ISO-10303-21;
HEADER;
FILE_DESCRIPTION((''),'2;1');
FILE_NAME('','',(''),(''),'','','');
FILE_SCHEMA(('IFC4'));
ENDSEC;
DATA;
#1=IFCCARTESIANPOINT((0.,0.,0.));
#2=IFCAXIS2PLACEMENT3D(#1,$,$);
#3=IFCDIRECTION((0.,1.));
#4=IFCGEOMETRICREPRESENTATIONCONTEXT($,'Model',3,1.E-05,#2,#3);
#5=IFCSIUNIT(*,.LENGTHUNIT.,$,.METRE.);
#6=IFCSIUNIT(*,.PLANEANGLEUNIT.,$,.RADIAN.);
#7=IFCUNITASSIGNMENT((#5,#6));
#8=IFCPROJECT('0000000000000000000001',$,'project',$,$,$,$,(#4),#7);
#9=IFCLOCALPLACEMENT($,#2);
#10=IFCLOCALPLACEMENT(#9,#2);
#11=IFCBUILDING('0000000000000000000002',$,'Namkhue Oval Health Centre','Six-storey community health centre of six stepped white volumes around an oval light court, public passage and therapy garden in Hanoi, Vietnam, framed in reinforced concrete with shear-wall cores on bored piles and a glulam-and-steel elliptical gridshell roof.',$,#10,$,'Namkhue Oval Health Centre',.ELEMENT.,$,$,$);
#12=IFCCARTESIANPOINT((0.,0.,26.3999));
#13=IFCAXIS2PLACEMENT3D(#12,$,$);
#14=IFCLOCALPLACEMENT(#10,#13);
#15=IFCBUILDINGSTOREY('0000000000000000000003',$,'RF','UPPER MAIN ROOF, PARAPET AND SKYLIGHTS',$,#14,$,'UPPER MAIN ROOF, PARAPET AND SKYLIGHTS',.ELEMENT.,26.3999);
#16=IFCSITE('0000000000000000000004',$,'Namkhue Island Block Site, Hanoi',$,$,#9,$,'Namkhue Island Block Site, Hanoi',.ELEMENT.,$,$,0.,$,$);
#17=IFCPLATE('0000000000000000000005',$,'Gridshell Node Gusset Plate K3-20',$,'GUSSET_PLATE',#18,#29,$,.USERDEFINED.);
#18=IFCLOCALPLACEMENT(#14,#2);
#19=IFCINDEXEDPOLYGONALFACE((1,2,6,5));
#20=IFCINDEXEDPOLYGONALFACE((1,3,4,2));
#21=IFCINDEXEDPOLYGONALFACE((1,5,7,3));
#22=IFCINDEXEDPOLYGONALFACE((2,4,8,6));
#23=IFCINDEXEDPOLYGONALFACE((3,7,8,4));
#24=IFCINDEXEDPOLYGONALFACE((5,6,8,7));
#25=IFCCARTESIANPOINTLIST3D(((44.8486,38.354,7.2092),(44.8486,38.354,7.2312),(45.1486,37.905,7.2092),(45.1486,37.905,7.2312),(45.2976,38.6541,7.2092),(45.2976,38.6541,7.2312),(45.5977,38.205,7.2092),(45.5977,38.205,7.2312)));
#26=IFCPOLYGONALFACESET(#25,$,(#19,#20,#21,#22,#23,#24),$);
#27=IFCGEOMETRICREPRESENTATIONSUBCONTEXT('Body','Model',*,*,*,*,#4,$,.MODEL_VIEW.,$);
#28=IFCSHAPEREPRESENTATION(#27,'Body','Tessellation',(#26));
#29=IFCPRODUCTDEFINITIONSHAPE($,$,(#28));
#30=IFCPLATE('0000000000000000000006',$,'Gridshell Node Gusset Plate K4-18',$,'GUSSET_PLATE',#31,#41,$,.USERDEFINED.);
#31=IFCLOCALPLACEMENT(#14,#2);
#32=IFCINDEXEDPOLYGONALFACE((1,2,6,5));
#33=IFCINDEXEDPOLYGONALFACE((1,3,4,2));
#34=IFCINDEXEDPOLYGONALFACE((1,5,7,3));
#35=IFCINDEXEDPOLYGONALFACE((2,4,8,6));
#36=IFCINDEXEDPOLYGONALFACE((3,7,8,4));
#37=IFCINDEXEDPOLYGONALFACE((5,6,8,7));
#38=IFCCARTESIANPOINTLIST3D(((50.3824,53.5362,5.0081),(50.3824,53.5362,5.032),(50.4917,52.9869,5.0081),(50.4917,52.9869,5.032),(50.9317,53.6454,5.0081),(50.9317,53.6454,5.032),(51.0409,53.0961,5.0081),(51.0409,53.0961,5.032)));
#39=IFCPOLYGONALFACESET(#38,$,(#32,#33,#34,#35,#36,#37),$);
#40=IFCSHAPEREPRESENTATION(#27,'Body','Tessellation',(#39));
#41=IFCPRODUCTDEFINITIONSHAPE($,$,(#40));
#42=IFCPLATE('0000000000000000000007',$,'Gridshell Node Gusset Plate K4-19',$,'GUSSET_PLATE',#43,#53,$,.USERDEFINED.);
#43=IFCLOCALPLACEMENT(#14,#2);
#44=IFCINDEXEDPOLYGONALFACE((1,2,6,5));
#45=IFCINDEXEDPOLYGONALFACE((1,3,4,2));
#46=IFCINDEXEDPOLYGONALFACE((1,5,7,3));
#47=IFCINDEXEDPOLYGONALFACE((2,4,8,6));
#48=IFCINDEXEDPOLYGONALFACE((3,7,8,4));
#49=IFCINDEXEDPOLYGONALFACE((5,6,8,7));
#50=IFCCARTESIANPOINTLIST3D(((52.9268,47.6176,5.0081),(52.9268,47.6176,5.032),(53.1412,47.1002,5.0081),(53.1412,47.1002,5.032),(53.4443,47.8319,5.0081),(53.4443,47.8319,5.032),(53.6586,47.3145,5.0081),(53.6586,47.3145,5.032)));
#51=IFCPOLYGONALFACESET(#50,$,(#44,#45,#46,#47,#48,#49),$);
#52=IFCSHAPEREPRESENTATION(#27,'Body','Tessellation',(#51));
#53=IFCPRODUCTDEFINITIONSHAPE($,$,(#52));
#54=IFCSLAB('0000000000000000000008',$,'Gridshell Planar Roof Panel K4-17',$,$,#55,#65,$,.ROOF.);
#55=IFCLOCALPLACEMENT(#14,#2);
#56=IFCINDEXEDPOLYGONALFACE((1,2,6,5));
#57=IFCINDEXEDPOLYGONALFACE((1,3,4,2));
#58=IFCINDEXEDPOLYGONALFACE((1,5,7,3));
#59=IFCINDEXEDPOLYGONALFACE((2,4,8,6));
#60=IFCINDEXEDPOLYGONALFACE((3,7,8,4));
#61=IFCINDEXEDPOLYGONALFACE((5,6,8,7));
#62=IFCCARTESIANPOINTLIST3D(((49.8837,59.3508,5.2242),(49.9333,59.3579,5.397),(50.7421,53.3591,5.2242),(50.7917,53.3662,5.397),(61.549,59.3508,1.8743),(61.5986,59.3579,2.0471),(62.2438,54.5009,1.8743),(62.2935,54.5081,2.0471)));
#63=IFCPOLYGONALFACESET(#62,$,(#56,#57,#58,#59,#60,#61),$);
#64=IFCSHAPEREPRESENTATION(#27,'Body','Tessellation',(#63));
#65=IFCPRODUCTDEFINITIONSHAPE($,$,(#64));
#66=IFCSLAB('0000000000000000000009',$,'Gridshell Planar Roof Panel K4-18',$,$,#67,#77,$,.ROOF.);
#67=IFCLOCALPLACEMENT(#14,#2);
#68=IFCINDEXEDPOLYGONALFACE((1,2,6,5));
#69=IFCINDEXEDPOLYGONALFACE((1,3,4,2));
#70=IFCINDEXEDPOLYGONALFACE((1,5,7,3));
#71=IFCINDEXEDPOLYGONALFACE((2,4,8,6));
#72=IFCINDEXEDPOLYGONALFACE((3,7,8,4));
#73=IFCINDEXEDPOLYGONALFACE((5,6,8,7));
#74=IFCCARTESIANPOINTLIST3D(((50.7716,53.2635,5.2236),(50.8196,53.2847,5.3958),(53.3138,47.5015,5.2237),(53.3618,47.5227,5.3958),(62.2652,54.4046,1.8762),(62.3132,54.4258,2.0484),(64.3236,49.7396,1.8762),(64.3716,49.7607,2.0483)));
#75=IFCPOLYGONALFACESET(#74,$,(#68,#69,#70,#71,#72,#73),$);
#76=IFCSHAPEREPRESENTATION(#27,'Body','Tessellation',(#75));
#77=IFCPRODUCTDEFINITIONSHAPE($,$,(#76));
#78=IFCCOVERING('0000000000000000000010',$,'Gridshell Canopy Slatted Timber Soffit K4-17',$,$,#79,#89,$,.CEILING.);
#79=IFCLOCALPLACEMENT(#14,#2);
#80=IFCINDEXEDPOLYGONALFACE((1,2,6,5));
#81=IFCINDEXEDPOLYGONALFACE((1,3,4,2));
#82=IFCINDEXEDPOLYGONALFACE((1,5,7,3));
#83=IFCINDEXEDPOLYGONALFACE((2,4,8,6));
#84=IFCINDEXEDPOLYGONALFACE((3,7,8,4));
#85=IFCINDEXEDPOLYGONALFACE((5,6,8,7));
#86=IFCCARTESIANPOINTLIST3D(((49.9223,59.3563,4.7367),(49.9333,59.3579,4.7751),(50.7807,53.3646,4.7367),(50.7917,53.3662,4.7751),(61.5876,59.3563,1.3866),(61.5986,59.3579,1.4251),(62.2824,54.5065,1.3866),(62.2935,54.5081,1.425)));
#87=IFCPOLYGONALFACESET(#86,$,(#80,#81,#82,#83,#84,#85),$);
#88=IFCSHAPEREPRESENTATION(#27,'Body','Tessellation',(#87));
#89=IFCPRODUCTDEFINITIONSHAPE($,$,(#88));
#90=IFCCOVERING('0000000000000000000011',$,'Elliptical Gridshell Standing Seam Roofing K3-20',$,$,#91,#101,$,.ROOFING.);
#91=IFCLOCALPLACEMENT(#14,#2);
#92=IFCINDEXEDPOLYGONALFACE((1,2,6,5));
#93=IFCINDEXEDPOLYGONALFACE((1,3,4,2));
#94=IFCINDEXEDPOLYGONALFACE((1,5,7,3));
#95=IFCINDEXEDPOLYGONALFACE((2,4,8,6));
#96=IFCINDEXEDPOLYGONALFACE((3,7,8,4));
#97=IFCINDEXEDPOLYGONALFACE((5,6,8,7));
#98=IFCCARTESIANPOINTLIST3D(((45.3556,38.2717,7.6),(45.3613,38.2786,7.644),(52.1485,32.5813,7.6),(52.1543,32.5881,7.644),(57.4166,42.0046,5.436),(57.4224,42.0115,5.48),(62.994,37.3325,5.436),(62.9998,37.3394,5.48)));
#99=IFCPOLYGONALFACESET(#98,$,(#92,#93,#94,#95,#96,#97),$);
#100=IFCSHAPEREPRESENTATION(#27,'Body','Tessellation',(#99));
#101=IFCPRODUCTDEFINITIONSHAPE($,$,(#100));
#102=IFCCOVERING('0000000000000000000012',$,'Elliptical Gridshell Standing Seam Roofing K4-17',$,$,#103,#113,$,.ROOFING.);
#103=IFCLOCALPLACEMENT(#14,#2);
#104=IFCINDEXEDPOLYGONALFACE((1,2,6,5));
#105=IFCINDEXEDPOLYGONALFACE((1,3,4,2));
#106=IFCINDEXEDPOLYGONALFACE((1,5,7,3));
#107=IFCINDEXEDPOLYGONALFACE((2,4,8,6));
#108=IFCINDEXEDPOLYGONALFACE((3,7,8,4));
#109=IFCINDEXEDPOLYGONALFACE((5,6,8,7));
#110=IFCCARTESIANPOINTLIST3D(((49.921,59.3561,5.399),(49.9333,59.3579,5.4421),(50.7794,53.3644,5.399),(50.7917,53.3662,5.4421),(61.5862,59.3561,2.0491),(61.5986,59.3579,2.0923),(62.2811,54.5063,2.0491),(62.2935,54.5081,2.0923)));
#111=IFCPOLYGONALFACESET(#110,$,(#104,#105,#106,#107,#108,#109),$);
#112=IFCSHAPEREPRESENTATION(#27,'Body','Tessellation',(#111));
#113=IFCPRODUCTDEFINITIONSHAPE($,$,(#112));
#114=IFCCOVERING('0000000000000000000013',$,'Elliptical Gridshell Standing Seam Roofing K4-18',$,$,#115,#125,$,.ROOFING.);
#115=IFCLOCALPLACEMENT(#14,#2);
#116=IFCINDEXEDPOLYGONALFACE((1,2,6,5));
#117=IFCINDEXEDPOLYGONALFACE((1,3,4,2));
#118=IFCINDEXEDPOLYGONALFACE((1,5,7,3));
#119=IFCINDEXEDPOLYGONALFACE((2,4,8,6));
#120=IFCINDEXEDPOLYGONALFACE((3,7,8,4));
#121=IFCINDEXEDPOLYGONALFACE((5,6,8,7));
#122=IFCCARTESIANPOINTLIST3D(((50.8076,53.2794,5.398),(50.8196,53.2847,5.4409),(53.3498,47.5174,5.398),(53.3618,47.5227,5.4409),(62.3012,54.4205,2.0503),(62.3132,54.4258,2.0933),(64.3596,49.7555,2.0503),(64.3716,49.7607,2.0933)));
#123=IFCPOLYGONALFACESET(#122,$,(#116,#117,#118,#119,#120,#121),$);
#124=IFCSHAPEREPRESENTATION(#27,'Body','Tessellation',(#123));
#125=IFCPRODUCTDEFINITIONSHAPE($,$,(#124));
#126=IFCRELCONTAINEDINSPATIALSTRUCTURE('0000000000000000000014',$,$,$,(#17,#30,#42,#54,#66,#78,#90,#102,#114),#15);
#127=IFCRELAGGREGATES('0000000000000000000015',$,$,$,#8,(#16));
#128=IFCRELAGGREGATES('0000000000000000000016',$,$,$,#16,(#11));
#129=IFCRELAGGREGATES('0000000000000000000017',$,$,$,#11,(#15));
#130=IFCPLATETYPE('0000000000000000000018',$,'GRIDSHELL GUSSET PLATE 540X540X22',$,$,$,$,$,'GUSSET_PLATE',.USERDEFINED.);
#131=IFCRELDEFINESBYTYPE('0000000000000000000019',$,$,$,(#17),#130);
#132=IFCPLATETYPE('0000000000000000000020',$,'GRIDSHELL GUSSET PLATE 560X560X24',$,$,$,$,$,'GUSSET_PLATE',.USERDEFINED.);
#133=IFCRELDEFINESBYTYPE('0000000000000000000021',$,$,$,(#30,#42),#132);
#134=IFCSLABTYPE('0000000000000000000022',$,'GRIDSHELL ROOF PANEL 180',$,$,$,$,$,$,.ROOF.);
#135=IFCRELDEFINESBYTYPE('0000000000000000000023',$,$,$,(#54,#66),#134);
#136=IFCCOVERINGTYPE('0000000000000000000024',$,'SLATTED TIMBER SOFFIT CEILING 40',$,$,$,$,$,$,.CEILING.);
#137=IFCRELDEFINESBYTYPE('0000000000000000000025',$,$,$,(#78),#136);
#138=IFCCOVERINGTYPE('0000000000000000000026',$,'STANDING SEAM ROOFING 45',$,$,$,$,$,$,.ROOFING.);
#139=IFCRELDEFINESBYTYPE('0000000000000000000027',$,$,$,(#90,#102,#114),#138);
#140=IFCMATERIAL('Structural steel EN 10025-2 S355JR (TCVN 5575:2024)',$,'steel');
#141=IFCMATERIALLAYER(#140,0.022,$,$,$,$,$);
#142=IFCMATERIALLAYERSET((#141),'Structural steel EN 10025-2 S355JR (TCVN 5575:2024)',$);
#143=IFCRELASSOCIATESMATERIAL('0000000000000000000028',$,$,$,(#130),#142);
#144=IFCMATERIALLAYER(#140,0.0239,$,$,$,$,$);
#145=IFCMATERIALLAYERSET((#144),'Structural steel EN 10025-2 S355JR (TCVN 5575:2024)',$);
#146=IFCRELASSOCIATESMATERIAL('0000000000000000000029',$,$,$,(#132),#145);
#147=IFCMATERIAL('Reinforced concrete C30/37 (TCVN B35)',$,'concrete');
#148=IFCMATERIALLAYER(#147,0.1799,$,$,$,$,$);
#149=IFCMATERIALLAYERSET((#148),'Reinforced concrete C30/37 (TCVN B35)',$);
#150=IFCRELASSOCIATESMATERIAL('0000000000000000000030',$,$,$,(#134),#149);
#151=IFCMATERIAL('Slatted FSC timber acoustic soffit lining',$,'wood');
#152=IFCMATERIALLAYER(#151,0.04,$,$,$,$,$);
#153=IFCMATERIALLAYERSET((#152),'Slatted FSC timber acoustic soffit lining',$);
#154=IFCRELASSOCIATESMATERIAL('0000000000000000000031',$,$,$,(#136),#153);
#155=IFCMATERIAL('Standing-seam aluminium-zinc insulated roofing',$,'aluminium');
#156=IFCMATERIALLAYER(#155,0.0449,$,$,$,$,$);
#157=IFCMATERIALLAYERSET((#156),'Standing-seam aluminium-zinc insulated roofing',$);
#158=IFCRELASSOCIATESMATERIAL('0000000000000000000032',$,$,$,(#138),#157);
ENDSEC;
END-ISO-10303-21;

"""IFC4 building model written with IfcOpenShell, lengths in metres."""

from ifc_helpers import new_model, si_unit, direction, frame, origin, origin_2d, place, context, subcontext, project, spatial, polyline, rectangle, outline, extrude, material, layer, layer_set, type_object, element, save


model = new_model("IFC4")

# Units and contexts
model_context = context("Model", 3, precision=1e-05, world=origin(), true_north=direction((0.0, 1.0)))
body_context = subcontext(model_context, "Body", "Model", "MODEL_VIEW")
ifc_project = project(units=[si_unit("LENGTHUNIT", "METRE"), si_unit("PLANEANGLEUNIT", "RADIAN")], contexts=[model_context])

# Site, building, storey
site_placement = place(None, origin())
site = spatial("IfcSite", under=ifc_project, at=site_placement, Name="Namkhue Island Block Site, Hanoi", LongName="Namkhue Island Block Site, Hanoi", CompositionType="ELEMENT", RefElevation=0.0)
building_placement = place(site_placement, origin())
building = spatial("IfcBuilding", under=site, at=building_placement, Name="Namkhue Oval Health Centre", Description="Six-storey community health centre of six stepped white volumes around an oval light court, public passage and therapy garden in Hanoi, Vietnam, framed in reinforced concrete with shear-wall cores on bored piles and a glulam-and-steel elliptical gridshell roof.", LongName="Namkhue Oval Health Centre", CompositionType="ELEMENT")
storey_placement = place(building_placement, frame((0.0, 0.0, 26.3999)))
storey = spatial("IfcBuildingStorey", under=building, at=storey_placement, Name="RF", Description="UPPER MAIN ROOF, PARAPET AND SKYLIGHTS", LongName="UPPER MAIN ROOF, PARAPET AND SKYLIGHTS", CompositionType="ELEMENT", Elevation=26.3999)

# Shared definitions
ifc_material_1 = material(Name="Structural steel EN 10025-2 S355JR (TCVN 5575:2024)", Category="steel")

# Plates
ifc_layer_1 = layer(ifc_material_1, 0.022)
ifc_layer_set_1 = layer_set([ifc_layer_1], Name="Structural steel EN 10025-2 S355JR (TCVN 5575:2024)")
plate_type_1 = type_object("IfcPlateType", Name="GRIDSHELL GUSSET PLATE 540X540X22", ElementType="GUSSET_PLATE", PredefinedType="USERDEFINED", material=ifc_layer_set_1)
plate_placement = place(storey_placement, frame((45.2231, 38.2795, 7.2092), z_axis=(0.0, 0.0, 1.0), x_axis=(-0.83147, -0.55557, 0.0)))
element("IfcPlate", 1, at=plate_placement, inside=storey, type_object=plate_type_1, Name="Gridshell Node Gusset Plate K3-20", ObjectType="GUSSET_PLATE", PredefinedType="USERDEFINED", context=body_context, shape_type="SweptSolid", body=[
    extrude(rectangle(XDim=0.54, YDim=0.54, at=origin_2d()), origin(), (0.0, 0.0, 1.0), 0.022),
])
ifc_layer_2 = layer(ifc_material_1, 0.0239)
ifc_layer_set_2 = layer_set([ifc_layer_2], Name="Structural steel EN 10025-2 S355JR (TCVN 5575:2024)")
plate_type_2 = type_object("IfcPlateType", Name="GRIDSHELL GUSSET PLATE 560X560X24", ElementType="GUSSET_PLATE", PredefinedType="USERDEFINED", material=ifc_layer_set_2)
for number, where, z_axis, x_axis, name in (
    (2, (50.7117, 53.3162, 5.0081), (0.0, 0.0, 1.0), (-0.980785, -0.19509, 0.0), "Gridshell Node Gusset Plate K4-18"),
    (3, (53.2927, 47.4661, 5.0081), (0.0, 0.0, 1.0), (-0.92388, -0.382683, 0.0), "Gridshell Node Gusset Plate K4-19"),
):
    element("IfcPlate", number, at=place(storey_placement, frame(where, z_axis=z_axis, x_axis=x_axis)), inside=storey, type_object=plate_type_2, Name=name, ObjectType="GUSSET_PLATE", PredefinedType="USERDEFINED", context=body_context, shape_type="SweptSolid", body=[
        extrude(rectangle(XDim=0.5601, YDim=0.5601, at=origin_2d()), origin(), (0.0, 0.0, 1.0), 0.0239),
    ])

# Slabs
ifc_material_2 = material(Name="Reinforced concrete C30/37 (TCVN B35)", Category="concrete")
ifc_layer_3 = layer(ifc_material_2, 0.1799)
ifc_layer_set_3 = layer_set([ifc_layer_3], Name="Reinforced concrete C30/37 (TCVN B35)")
slab_type = type_object("IfcSlabType", Name="GRIDSHELL ROOF PANEL 180", PredefinedType="ROOF", material=ifc_layer_set_3)
slab_1_placement = place(storey_placement, frame((49.9333, 59.3579, 5.397), z_axis=(0.275794, 0.039512, 0.960404), x_axis=(0.141817, -0.989893, 0.0)))
element("IfcSlab", 4, at=slab_1_placement, inside=storey, type_object=slab_type, Name="Gridshell Planar Roof Panel K4-17", PredefinedType="ROOF", context=body_context, shape_type="SweptSolid", body=[
    extrude(outline(polyline([(0.0, 0.0), (6.0529, 0.0), (6.5537, 12.0235), (1.6543, 12.0235), (0.0, 0.0)])), origin(), (0.0, 0.0, -1.0), 0.1799),
])
slab_2_placement = place(storey_placement, frame((50.8196, 53.2847, 5.3958), z_axis=(0.266882, 0.117753, 0.956508), x_axis=(0.403667, -0.914906, 0.000002)))
element("IfcSlab", 5, at=slab_2_placement, inside=storey, type_object=slab_type, Name="Gridshell Planar Roof Panel K4-18", PredefinedType="ROOF", context=body_context, shape_type="SweptSolid", body=[
    extrude(outline(polyline([(0.0, 0.0), (6.2979, 0.0), (8.6945, 11.4754), (3.5956, 11.4753), (0.0, 0.0)])), origin(), (0.0, 0.0, -1.0), 0.1799),
])

# Coverings
ifc_material_3 = material(Name="Slatted FSC timber acoustic soffit lining", Category="wood")
ifc_layer_4 = layer(ifc_material_3, 0.04)
ifc_layer_set_4 = layer_set([ifc_layer_4], Name="Slatted FSC timber acoustic soffit lining")
covering_type_1 = type_object("IfcCoveringType", Name="SLATTED TIMBER SOFFIT CEILING 40", PredefinedType="CEILING", material=ifc_layer_set_4)
covering_1_placement = place(storey_placement, frame((49.9333, 59.3579, 4.7751), z_axis=(0.275812, 0.039514, 0.960399), x_axis=(0.141817, -0.989893, 0.0)))
element("IfcCovering", 6, at=covering_1_placement, inside=storey, type_object=covering_type_1, Name="Gridshell Canopy Slatted Timber Soffit K4-17", PredefinedType="CEILING", context=body_context, shape_type="SweptSolid", body=[
    extrude(outline(polyline([(0.0, 0.0), (6.0529, 0.0), (6.5537, 12.0235), (1.6543, 12.0235), (0.0, 0.0)])), origin(), (0.0, 0.0, -1.0), 0.04),
])
ifc_material_4 = material(Name="Standing-seam aluminium-zinc insulated roofing", Category="aluminium")
ifc_layer_5 = layer(ifc_material_4, 0.0449)
ifc_layer_set_5 = layer_set([ifc_layer_5], Name="Standing-seam aluminium-zinc insulated roofing")
covering_type_2 = type_object("IfcCoveringType", Name="STANDING SEAM ROOFING 45", PredefinedType="ROOFING", material=ifc_layer_set_5)
covering_2_placement = place(storey_placement, frame((45.3613, 38.2786, 7.644), z_axis=(0.128374, 0.153247, 0.979814), x_axis=(0.766575, -0.642155, 0.0)))
element("IfcCovering", 7, at=covering_2_placement, inside=storey, type_object=covering_type_2, Name="Elliptical Gridshell Standing Seam Roofing K3-20", PredefinedType="ROOFING", context=body_context, shape_type="SweptSolid", body=[
    extrude(outline(polyline([(0.0, 0.0), (8.8615, 0.0), (14.1243, 10.8251), (6.8486, 10.8251), (0.0, 0.0)])), origin(), (0.0, 0.0, -1.0), 0.0449),
])
covering_3_placement = place(storey_placement, frame((49.9333, 59.3579, 5.4421), z_axis=(0.275794, 0.039512, 0.960404), x_axis=(0.141817, -0.989893, 0.0)))
element("IfcCovering", 8, at=covering_3_placement, inside=storey, type_object=covering_type_2, Name="Elliptical Gridshell Standing Seam Roofing K4-17", PredefinedType="ROOFING", context=body_context, shape_type="SweptSolid", body=[
    extrude(outline(polyline([(0.0, 0.0), (6.0529, 0.0), (6.5537, 12.0235), (1.6543, 12.0235), (0.0, 0.0)])), origin(), (0.0, 0.0, -1.0), 0.0449),
])
covering_4_placement = place(storey_placement, frame((50.8196, 53.2847, 5.4409), z_axis=(0.266899, 0.117761, 0.956502), x_axis=(0.403667, -0.914906, 0.000002)))
element("IfcCovering", 9, at=covering_4_placement, inside=storey, type_object=covering_type_2, Name="Elliptical Gridshell Standing Seam Roofing K4-18", PredefinedType="ROOFING", context=body_context, shape_type="SweptSolid", body=[
    extrude(outline(polyline([(0.0, 0.0), (6.2979, 0.0), (8.6945, 11.4755), (3.5956, 11.4754), (0.0, 0.0)])), origin(), (0.0, 0.0, -1.0), 0.0449),
])

save(model, "model.ifc")
